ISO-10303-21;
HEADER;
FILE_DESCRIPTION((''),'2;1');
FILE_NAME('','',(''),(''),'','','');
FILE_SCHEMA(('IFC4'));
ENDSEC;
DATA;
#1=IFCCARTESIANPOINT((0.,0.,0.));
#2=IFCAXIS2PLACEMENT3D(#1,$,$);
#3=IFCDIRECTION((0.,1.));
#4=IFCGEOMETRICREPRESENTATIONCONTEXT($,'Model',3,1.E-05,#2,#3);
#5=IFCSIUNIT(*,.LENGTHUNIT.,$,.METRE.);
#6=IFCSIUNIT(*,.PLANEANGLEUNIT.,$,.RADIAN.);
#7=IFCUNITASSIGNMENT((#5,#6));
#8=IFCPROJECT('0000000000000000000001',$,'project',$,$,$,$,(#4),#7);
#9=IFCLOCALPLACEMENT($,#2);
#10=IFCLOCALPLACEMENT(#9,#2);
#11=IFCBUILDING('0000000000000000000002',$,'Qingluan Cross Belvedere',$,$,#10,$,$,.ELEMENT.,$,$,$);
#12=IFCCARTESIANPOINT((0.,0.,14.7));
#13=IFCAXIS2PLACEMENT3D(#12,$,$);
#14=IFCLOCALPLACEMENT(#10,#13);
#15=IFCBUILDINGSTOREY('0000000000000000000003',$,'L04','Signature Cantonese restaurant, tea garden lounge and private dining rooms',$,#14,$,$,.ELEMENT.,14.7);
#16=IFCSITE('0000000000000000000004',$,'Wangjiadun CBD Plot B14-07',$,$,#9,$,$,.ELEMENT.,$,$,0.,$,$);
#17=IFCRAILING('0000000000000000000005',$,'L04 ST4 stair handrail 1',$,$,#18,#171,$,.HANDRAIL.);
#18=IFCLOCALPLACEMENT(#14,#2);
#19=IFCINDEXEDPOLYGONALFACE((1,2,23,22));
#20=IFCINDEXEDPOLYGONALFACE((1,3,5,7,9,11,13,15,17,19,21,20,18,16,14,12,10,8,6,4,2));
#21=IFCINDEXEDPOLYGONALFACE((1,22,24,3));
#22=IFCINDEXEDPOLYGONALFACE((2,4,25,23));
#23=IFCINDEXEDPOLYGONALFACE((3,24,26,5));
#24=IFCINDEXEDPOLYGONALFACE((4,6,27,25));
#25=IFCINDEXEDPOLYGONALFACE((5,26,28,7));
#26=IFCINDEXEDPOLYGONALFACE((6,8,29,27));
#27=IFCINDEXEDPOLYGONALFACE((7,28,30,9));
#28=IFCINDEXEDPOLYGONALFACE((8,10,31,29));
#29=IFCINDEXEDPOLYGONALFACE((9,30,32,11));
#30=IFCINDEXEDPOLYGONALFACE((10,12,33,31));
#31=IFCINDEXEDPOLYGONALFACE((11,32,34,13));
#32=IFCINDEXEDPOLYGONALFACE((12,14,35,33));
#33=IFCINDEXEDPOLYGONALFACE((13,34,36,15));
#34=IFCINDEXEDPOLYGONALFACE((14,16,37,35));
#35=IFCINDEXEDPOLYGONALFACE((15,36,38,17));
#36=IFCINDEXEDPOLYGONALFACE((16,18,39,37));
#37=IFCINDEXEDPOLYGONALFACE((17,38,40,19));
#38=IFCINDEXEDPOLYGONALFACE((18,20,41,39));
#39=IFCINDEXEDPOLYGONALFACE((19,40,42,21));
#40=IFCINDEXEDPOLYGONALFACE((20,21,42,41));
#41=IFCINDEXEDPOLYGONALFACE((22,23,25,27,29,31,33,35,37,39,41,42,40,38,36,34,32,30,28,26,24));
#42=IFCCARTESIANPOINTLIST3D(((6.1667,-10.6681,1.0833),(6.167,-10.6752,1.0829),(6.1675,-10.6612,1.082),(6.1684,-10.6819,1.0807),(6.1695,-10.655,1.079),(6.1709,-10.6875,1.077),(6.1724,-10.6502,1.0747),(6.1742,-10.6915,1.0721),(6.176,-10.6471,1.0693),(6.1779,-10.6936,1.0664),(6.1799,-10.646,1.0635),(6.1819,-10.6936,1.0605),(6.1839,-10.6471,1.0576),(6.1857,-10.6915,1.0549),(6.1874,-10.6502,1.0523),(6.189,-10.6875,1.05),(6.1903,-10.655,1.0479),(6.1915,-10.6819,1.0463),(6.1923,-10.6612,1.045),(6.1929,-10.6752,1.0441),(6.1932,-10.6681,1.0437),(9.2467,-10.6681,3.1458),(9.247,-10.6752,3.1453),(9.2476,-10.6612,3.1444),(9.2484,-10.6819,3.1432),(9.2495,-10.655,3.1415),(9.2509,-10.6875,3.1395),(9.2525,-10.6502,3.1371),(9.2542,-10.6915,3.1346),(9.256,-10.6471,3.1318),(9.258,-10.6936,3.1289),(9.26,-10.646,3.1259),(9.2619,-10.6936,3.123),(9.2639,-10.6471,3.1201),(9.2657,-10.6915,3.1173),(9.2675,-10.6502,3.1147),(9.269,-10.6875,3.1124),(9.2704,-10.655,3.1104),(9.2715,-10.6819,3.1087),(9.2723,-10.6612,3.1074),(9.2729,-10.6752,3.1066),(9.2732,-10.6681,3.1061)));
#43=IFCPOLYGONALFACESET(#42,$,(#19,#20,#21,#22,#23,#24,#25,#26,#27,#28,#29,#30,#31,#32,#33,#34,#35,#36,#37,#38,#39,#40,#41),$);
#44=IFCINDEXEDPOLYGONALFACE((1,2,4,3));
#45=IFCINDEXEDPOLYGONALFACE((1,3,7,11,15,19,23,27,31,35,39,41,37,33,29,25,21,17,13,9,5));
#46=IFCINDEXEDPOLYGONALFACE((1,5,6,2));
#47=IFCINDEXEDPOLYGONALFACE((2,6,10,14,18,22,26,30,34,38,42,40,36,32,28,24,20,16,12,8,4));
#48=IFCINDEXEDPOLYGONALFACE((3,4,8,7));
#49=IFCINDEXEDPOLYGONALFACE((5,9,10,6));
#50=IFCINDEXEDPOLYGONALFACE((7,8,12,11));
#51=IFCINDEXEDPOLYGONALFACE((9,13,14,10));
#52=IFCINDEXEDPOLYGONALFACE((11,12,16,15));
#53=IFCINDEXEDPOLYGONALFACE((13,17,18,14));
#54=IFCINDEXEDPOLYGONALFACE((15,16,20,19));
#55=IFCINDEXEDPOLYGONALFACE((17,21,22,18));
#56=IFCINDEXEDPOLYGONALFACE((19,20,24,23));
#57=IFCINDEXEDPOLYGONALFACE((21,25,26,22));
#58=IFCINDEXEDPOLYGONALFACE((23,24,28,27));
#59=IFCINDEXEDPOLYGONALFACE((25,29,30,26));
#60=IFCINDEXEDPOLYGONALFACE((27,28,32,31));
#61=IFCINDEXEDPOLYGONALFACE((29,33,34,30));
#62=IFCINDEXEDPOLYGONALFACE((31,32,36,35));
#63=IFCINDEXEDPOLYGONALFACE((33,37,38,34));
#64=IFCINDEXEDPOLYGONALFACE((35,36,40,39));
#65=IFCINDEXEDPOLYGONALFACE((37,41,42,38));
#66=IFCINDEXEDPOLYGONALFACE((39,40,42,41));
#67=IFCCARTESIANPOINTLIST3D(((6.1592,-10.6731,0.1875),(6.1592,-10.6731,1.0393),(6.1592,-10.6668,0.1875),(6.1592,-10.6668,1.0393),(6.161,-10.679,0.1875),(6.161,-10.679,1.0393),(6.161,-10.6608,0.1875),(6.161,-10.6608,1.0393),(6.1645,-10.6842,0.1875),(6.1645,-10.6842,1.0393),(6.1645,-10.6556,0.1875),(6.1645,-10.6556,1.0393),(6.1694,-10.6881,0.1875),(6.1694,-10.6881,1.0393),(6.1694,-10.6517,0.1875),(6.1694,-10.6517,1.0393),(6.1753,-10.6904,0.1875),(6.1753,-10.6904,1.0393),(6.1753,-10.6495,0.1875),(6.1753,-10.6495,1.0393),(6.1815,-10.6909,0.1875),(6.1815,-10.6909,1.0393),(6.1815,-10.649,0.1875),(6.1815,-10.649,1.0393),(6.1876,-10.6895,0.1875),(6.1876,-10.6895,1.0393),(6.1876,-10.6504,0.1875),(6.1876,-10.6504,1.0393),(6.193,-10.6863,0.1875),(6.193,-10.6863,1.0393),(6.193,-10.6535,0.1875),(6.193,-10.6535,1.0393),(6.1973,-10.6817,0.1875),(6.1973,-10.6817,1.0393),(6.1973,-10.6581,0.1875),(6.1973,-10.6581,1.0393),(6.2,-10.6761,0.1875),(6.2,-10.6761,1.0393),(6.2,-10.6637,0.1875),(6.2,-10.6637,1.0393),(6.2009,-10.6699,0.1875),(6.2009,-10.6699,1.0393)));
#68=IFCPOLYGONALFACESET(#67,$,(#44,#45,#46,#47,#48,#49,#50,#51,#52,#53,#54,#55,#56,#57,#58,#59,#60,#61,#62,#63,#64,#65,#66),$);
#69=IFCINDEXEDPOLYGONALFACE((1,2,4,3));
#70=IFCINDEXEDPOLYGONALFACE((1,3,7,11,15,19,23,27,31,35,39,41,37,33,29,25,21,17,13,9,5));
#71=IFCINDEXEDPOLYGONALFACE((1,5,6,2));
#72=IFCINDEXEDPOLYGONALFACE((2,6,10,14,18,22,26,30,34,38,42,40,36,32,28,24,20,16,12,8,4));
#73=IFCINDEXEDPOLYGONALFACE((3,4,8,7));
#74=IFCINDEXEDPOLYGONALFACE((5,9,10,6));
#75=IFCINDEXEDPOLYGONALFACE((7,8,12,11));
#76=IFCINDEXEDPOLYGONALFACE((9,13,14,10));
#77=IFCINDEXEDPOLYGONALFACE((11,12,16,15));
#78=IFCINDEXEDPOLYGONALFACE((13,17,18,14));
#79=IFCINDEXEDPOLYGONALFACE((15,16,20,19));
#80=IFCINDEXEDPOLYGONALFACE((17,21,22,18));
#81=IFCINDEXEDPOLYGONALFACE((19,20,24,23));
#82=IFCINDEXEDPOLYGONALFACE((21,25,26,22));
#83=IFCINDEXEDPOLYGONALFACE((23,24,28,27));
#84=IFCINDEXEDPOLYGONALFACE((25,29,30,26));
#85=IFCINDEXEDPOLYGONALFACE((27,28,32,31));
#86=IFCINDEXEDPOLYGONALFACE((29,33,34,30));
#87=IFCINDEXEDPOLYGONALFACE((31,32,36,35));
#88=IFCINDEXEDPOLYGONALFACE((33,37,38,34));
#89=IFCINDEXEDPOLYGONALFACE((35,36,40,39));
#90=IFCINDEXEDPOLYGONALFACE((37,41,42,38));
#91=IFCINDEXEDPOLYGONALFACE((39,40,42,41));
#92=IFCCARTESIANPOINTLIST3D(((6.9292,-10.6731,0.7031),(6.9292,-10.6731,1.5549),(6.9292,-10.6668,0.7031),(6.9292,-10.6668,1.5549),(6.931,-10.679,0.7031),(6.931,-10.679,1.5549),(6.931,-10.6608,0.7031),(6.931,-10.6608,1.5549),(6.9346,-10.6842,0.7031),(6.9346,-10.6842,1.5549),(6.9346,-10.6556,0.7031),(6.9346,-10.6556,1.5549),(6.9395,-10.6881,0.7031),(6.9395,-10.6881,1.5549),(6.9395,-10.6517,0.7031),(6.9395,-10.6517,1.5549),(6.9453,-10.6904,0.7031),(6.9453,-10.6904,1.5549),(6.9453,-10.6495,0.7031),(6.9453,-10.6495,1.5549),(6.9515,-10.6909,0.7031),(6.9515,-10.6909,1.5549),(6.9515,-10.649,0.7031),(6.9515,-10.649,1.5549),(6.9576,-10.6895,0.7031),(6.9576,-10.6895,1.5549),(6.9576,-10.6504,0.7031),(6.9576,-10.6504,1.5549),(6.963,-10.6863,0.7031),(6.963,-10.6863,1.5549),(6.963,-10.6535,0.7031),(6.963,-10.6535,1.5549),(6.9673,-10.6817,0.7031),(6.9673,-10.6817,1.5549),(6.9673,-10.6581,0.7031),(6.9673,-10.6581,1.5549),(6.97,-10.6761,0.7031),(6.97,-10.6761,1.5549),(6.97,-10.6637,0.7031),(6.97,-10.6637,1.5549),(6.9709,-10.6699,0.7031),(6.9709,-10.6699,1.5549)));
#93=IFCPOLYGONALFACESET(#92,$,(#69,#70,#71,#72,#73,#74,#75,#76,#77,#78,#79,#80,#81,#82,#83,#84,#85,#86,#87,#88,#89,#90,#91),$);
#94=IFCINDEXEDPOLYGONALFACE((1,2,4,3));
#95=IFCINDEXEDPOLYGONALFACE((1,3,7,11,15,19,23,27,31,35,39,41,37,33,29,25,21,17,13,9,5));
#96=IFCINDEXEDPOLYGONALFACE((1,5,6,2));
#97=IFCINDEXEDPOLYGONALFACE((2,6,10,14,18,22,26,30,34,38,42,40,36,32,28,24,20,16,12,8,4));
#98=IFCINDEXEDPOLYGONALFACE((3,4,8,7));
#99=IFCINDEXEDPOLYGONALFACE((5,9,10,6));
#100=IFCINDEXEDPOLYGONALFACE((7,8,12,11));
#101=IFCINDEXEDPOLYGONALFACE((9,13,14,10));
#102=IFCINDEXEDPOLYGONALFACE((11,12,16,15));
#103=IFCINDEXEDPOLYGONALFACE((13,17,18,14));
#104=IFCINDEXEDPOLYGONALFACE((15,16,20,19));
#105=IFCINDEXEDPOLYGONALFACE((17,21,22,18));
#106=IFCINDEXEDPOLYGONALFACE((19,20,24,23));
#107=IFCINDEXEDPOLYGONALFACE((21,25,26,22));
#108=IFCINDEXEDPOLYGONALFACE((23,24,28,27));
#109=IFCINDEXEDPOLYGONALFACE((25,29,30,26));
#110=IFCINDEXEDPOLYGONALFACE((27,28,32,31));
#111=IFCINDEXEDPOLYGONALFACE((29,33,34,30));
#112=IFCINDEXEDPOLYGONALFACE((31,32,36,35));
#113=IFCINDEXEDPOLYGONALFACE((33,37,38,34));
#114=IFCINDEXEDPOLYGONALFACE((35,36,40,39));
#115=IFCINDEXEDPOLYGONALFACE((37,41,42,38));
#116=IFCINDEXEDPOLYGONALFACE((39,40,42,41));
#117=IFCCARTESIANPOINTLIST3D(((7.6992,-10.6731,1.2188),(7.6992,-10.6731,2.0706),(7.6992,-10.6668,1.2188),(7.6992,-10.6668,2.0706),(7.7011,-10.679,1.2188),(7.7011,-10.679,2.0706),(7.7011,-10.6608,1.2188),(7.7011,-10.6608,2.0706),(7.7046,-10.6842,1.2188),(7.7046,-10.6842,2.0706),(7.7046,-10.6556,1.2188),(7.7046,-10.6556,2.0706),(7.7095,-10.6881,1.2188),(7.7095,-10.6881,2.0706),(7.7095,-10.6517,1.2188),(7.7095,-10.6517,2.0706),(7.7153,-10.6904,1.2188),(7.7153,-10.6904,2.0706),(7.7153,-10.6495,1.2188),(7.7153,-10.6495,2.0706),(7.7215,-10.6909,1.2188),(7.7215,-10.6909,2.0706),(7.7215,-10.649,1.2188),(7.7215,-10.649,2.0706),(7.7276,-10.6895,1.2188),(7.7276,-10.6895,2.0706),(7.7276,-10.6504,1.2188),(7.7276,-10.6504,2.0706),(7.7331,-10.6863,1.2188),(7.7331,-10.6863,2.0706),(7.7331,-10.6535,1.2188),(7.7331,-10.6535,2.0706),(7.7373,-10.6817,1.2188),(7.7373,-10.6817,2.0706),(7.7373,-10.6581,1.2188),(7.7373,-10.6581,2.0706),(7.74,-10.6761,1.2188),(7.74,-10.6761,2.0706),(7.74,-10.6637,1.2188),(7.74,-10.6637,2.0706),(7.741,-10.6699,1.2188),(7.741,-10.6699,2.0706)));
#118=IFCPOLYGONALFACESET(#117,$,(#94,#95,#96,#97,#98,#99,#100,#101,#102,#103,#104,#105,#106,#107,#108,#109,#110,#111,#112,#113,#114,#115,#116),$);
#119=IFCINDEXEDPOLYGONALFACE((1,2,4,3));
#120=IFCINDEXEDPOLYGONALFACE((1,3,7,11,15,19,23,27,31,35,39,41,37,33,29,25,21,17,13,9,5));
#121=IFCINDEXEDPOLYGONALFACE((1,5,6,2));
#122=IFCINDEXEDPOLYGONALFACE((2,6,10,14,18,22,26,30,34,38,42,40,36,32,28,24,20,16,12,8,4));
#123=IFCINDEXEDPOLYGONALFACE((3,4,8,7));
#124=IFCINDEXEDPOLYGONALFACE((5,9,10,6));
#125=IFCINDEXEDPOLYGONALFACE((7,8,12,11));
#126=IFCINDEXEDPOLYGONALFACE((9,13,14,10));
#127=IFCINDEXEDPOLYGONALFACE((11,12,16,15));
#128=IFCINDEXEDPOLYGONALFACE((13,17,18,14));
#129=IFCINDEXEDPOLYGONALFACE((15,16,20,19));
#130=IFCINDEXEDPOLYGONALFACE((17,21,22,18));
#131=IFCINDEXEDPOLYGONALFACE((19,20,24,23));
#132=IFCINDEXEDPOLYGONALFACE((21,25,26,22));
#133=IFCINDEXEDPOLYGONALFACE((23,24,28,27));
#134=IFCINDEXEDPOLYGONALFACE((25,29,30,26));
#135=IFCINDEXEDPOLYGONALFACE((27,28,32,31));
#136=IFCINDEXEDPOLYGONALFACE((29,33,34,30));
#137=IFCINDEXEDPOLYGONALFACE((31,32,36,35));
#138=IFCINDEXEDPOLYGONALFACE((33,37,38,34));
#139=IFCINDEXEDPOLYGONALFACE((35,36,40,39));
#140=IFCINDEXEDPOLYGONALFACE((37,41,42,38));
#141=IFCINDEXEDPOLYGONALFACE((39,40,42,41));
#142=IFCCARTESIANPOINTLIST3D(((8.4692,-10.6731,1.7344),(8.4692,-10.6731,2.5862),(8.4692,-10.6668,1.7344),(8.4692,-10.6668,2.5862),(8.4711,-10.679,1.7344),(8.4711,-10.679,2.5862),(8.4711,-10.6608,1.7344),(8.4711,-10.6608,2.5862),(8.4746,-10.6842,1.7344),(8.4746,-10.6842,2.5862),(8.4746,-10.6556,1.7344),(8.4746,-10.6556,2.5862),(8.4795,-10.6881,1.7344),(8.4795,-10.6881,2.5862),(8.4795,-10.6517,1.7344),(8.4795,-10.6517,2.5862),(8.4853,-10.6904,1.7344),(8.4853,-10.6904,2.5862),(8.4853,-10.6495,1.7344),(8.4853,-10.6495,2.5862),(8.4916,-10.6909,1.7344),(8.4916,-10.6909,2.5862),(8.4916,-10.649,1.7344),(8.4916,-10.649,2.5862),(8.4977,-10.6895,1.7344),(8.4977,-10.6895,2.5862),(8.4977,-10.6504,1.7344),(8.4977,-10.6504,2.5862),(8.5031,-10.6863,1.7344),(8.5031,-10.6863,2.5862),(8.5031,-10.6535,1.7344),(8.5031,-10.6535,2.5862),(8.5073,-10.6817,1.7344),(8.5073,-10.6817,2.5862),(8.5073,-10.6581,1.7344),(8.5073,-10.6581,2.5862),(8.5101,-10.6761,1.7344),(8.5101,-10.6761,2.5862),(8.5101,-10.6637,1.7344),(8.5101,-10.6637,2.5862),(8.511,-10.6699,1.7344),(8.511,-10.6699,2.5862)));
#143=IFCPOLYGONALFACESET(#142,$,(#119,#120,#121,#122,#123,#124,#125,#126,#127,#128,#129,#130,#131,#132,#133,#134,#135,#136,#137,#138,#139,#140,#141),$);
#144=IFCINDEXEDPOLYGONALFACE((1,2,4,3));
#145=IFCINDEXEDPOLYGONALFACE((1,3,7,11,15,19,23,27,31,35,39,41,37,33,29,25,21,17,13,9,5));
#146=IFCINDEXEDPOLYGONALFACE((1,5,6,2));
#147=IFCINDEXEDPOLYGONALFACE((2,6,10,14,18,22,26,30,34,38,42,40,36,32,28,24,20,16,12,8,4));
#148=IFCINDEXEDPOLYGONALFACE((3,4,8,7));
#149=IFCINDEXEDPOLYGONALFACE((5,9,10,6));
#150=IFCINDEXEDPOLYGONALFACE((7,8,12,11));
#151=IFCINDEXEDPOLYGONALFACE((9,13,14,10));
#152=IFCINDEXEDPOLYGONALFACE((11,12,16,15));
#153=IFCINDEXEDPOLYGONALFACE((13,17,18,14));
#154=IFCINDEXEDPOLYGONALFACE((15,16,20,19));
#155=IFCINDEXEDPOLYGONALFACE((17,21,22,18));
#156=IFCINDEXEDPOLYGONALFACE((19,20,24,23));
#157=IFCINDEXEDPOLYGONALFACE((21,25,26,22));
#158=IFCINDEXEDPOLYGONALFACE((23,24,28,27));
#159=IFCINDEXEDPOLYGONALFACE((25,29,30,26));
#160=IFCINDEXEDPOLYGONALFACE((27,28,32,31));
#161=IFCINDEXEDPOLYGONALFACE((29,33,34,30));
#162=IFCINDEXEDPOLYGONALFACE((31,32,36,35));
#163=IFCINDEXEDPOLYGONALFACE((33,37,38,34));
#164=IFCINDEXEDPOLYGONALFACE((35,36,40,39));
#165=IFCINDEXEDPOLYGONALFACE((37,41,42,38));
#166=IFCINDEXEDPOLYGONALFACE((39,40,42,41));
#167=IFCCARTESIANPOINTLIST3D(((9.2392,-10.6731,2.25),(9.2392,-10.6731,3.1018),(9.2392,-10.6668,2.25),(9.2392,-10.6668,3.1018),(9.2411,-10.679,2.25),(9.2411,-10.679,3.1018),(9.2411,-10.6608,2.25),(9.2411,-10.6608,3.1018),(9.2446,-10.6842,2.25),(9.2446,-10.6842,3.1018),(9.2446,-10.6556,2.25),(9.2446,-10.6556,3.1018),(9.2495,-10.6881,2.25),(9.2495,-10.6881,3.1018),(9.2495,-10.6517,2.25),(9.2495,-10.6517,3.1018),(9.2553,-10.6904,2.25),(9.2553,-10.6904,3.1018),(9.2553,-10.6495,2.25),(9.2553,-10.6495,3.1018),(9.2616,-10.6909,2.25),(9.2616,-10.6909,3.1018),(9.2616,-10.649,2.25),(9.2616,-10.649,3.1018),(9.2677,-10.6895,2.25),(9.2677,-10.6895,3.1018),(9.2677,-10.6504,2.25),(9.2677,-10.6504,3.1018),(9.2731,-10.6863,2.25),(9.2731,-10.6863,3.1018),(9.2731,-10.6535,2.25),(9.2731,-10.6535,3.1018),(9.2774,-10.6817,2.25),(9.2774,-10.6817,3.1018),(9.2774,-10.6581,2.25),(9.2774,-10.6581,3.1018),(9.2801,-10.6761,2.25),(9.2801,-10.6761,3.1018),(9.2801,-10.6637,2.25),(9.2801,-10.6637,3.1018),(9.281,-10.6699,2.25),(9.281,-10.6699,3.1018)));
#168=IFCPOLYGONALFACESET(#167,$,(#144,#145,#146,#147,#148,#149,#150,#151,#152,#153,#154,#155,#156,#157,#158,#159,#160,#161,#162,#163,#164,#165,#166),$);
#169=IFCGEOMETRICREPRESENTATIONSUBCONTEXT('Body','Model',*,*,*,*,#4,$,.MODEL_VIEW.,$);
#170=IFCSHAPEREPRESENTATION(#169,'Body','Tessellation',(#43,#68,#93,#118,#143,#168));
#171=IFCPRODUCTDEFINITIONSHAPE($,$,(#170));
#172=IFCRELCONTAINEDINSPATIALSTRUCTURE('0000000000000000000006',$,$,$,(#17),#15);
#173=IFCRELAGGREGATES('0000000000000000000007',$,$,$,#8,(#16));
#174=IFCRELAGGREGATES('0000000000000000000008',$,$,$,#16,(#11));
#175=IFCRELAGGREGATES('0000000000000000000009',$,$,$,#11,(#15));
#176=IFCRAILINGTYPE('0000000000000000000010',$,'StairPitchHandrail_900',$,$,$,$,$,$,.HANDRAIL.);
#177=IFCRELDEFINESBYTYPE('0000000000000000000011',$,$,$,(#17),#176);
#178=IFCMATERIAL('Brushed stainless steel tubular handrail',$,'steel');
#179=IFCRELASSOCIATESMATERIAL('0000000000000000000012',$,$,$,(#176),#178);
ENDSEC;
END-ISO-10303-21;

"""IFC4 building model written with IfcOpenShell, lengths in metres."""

from ifc_helpers import new_model, si_unit, direction, frame, origin, origin_2d, place, context, subcontext, project, spatial, circle, extrude, material, type_object, element, save


model = new_model("IFC4")

# Units and contexts
model_context = context("Model", 3, precision=1e-05, world=origin(), true_north=direction((0.0, 1.0)))
body_context = subcontext(model_context, "Body", "Model", "MODEL_VIEW")
ifc_project = project(units=[si_unit("LENGTHUNIT", "METRE"), si_unit("PLANEANGLEUNIT", "RADIAN")], contexts=[model_context])

# Site, building, storey
site_placement = place(None, origin())
site = spatial("IfcSite", under=ifc_project, at=site_placement, Name="Wangjiadun CBD Plot B14-07", CompositionType="ELEMENT", RefElevation=0.0)
building_placement = place(site_placement, origin())
building = spatial("IfcBuilding", under=site, at=building_placement, Name="Qingluan Cross Belvedere", CompositionType="ELEMENT")
storey_placement = place(building_placement, frame((0.0, 0.0, 14.7)))
storey = spatial("IfcBuildingStorey", under=building, at=storey_placement, Name="L04", Description="Signature Cantonese restaurant, tea garden lounge and private dining rooms", CompositionType="ELEMENT", Elevation=14.7)

# Railing
ifc_material_1 = material(Name="Brushed stainless steel tubular handrail", Category="steel")
railing_type_1 = type_object("IfcRailingType", Name="StairPitchHandrail_900", PredefinedType="HANDRAIL", material=ifc_material_1)
railing_1_placement = place(storey_placement, frame((6.1799, -10.6699, 0.1875)))
element("IfcRailing", 1, at=railing_1_placement, inside=storey, type_object=railing_type_1, Name="L04 ST4 stair handrail 1", PredefinedType="HANDRAIL", context=body_context, shape_type="SweptSolid", body=[
    extrude(circle(Radius=0.0239, at=origin_2d()), frame((0.0, 0.0, 0.876), z_axis=(0.830914, 0.0, 0.556401), x_axis=(0.0, 1.0, 0.0)), (0.0, 0.0, 1.0), 3.7068),
    extrude(circle(Radius=0.021, at=origin_2d()), origin(), (0.0, 0.0, 1.0), 0.8518),
    extrude(circle(Radius=0.021, at=origin_2d()), frame((0.77, 0.0, 0.5156)), (0.0, 0.0, 1.0), 0.8518),
    extrude(circle(Radius=0.021, at=origin_2d()), frame((1.54, 0.0, 1.0312)), (0.0, 0.0, 1.0), 0.8518),
    extrude(circle(Radius=0.021, at=origin_2d()), frame((2.3101, 0.0, 1.5469)), (0.0, 0.0, 1.0), 0.8518),
    extrude(circle(Radius=0.021, at=origin_2d()), frame((3.0801, 0.0, 2.0625)), (0.0, 0.0, 1.0), 0.8518),
])

save(model, "model.ifc")
